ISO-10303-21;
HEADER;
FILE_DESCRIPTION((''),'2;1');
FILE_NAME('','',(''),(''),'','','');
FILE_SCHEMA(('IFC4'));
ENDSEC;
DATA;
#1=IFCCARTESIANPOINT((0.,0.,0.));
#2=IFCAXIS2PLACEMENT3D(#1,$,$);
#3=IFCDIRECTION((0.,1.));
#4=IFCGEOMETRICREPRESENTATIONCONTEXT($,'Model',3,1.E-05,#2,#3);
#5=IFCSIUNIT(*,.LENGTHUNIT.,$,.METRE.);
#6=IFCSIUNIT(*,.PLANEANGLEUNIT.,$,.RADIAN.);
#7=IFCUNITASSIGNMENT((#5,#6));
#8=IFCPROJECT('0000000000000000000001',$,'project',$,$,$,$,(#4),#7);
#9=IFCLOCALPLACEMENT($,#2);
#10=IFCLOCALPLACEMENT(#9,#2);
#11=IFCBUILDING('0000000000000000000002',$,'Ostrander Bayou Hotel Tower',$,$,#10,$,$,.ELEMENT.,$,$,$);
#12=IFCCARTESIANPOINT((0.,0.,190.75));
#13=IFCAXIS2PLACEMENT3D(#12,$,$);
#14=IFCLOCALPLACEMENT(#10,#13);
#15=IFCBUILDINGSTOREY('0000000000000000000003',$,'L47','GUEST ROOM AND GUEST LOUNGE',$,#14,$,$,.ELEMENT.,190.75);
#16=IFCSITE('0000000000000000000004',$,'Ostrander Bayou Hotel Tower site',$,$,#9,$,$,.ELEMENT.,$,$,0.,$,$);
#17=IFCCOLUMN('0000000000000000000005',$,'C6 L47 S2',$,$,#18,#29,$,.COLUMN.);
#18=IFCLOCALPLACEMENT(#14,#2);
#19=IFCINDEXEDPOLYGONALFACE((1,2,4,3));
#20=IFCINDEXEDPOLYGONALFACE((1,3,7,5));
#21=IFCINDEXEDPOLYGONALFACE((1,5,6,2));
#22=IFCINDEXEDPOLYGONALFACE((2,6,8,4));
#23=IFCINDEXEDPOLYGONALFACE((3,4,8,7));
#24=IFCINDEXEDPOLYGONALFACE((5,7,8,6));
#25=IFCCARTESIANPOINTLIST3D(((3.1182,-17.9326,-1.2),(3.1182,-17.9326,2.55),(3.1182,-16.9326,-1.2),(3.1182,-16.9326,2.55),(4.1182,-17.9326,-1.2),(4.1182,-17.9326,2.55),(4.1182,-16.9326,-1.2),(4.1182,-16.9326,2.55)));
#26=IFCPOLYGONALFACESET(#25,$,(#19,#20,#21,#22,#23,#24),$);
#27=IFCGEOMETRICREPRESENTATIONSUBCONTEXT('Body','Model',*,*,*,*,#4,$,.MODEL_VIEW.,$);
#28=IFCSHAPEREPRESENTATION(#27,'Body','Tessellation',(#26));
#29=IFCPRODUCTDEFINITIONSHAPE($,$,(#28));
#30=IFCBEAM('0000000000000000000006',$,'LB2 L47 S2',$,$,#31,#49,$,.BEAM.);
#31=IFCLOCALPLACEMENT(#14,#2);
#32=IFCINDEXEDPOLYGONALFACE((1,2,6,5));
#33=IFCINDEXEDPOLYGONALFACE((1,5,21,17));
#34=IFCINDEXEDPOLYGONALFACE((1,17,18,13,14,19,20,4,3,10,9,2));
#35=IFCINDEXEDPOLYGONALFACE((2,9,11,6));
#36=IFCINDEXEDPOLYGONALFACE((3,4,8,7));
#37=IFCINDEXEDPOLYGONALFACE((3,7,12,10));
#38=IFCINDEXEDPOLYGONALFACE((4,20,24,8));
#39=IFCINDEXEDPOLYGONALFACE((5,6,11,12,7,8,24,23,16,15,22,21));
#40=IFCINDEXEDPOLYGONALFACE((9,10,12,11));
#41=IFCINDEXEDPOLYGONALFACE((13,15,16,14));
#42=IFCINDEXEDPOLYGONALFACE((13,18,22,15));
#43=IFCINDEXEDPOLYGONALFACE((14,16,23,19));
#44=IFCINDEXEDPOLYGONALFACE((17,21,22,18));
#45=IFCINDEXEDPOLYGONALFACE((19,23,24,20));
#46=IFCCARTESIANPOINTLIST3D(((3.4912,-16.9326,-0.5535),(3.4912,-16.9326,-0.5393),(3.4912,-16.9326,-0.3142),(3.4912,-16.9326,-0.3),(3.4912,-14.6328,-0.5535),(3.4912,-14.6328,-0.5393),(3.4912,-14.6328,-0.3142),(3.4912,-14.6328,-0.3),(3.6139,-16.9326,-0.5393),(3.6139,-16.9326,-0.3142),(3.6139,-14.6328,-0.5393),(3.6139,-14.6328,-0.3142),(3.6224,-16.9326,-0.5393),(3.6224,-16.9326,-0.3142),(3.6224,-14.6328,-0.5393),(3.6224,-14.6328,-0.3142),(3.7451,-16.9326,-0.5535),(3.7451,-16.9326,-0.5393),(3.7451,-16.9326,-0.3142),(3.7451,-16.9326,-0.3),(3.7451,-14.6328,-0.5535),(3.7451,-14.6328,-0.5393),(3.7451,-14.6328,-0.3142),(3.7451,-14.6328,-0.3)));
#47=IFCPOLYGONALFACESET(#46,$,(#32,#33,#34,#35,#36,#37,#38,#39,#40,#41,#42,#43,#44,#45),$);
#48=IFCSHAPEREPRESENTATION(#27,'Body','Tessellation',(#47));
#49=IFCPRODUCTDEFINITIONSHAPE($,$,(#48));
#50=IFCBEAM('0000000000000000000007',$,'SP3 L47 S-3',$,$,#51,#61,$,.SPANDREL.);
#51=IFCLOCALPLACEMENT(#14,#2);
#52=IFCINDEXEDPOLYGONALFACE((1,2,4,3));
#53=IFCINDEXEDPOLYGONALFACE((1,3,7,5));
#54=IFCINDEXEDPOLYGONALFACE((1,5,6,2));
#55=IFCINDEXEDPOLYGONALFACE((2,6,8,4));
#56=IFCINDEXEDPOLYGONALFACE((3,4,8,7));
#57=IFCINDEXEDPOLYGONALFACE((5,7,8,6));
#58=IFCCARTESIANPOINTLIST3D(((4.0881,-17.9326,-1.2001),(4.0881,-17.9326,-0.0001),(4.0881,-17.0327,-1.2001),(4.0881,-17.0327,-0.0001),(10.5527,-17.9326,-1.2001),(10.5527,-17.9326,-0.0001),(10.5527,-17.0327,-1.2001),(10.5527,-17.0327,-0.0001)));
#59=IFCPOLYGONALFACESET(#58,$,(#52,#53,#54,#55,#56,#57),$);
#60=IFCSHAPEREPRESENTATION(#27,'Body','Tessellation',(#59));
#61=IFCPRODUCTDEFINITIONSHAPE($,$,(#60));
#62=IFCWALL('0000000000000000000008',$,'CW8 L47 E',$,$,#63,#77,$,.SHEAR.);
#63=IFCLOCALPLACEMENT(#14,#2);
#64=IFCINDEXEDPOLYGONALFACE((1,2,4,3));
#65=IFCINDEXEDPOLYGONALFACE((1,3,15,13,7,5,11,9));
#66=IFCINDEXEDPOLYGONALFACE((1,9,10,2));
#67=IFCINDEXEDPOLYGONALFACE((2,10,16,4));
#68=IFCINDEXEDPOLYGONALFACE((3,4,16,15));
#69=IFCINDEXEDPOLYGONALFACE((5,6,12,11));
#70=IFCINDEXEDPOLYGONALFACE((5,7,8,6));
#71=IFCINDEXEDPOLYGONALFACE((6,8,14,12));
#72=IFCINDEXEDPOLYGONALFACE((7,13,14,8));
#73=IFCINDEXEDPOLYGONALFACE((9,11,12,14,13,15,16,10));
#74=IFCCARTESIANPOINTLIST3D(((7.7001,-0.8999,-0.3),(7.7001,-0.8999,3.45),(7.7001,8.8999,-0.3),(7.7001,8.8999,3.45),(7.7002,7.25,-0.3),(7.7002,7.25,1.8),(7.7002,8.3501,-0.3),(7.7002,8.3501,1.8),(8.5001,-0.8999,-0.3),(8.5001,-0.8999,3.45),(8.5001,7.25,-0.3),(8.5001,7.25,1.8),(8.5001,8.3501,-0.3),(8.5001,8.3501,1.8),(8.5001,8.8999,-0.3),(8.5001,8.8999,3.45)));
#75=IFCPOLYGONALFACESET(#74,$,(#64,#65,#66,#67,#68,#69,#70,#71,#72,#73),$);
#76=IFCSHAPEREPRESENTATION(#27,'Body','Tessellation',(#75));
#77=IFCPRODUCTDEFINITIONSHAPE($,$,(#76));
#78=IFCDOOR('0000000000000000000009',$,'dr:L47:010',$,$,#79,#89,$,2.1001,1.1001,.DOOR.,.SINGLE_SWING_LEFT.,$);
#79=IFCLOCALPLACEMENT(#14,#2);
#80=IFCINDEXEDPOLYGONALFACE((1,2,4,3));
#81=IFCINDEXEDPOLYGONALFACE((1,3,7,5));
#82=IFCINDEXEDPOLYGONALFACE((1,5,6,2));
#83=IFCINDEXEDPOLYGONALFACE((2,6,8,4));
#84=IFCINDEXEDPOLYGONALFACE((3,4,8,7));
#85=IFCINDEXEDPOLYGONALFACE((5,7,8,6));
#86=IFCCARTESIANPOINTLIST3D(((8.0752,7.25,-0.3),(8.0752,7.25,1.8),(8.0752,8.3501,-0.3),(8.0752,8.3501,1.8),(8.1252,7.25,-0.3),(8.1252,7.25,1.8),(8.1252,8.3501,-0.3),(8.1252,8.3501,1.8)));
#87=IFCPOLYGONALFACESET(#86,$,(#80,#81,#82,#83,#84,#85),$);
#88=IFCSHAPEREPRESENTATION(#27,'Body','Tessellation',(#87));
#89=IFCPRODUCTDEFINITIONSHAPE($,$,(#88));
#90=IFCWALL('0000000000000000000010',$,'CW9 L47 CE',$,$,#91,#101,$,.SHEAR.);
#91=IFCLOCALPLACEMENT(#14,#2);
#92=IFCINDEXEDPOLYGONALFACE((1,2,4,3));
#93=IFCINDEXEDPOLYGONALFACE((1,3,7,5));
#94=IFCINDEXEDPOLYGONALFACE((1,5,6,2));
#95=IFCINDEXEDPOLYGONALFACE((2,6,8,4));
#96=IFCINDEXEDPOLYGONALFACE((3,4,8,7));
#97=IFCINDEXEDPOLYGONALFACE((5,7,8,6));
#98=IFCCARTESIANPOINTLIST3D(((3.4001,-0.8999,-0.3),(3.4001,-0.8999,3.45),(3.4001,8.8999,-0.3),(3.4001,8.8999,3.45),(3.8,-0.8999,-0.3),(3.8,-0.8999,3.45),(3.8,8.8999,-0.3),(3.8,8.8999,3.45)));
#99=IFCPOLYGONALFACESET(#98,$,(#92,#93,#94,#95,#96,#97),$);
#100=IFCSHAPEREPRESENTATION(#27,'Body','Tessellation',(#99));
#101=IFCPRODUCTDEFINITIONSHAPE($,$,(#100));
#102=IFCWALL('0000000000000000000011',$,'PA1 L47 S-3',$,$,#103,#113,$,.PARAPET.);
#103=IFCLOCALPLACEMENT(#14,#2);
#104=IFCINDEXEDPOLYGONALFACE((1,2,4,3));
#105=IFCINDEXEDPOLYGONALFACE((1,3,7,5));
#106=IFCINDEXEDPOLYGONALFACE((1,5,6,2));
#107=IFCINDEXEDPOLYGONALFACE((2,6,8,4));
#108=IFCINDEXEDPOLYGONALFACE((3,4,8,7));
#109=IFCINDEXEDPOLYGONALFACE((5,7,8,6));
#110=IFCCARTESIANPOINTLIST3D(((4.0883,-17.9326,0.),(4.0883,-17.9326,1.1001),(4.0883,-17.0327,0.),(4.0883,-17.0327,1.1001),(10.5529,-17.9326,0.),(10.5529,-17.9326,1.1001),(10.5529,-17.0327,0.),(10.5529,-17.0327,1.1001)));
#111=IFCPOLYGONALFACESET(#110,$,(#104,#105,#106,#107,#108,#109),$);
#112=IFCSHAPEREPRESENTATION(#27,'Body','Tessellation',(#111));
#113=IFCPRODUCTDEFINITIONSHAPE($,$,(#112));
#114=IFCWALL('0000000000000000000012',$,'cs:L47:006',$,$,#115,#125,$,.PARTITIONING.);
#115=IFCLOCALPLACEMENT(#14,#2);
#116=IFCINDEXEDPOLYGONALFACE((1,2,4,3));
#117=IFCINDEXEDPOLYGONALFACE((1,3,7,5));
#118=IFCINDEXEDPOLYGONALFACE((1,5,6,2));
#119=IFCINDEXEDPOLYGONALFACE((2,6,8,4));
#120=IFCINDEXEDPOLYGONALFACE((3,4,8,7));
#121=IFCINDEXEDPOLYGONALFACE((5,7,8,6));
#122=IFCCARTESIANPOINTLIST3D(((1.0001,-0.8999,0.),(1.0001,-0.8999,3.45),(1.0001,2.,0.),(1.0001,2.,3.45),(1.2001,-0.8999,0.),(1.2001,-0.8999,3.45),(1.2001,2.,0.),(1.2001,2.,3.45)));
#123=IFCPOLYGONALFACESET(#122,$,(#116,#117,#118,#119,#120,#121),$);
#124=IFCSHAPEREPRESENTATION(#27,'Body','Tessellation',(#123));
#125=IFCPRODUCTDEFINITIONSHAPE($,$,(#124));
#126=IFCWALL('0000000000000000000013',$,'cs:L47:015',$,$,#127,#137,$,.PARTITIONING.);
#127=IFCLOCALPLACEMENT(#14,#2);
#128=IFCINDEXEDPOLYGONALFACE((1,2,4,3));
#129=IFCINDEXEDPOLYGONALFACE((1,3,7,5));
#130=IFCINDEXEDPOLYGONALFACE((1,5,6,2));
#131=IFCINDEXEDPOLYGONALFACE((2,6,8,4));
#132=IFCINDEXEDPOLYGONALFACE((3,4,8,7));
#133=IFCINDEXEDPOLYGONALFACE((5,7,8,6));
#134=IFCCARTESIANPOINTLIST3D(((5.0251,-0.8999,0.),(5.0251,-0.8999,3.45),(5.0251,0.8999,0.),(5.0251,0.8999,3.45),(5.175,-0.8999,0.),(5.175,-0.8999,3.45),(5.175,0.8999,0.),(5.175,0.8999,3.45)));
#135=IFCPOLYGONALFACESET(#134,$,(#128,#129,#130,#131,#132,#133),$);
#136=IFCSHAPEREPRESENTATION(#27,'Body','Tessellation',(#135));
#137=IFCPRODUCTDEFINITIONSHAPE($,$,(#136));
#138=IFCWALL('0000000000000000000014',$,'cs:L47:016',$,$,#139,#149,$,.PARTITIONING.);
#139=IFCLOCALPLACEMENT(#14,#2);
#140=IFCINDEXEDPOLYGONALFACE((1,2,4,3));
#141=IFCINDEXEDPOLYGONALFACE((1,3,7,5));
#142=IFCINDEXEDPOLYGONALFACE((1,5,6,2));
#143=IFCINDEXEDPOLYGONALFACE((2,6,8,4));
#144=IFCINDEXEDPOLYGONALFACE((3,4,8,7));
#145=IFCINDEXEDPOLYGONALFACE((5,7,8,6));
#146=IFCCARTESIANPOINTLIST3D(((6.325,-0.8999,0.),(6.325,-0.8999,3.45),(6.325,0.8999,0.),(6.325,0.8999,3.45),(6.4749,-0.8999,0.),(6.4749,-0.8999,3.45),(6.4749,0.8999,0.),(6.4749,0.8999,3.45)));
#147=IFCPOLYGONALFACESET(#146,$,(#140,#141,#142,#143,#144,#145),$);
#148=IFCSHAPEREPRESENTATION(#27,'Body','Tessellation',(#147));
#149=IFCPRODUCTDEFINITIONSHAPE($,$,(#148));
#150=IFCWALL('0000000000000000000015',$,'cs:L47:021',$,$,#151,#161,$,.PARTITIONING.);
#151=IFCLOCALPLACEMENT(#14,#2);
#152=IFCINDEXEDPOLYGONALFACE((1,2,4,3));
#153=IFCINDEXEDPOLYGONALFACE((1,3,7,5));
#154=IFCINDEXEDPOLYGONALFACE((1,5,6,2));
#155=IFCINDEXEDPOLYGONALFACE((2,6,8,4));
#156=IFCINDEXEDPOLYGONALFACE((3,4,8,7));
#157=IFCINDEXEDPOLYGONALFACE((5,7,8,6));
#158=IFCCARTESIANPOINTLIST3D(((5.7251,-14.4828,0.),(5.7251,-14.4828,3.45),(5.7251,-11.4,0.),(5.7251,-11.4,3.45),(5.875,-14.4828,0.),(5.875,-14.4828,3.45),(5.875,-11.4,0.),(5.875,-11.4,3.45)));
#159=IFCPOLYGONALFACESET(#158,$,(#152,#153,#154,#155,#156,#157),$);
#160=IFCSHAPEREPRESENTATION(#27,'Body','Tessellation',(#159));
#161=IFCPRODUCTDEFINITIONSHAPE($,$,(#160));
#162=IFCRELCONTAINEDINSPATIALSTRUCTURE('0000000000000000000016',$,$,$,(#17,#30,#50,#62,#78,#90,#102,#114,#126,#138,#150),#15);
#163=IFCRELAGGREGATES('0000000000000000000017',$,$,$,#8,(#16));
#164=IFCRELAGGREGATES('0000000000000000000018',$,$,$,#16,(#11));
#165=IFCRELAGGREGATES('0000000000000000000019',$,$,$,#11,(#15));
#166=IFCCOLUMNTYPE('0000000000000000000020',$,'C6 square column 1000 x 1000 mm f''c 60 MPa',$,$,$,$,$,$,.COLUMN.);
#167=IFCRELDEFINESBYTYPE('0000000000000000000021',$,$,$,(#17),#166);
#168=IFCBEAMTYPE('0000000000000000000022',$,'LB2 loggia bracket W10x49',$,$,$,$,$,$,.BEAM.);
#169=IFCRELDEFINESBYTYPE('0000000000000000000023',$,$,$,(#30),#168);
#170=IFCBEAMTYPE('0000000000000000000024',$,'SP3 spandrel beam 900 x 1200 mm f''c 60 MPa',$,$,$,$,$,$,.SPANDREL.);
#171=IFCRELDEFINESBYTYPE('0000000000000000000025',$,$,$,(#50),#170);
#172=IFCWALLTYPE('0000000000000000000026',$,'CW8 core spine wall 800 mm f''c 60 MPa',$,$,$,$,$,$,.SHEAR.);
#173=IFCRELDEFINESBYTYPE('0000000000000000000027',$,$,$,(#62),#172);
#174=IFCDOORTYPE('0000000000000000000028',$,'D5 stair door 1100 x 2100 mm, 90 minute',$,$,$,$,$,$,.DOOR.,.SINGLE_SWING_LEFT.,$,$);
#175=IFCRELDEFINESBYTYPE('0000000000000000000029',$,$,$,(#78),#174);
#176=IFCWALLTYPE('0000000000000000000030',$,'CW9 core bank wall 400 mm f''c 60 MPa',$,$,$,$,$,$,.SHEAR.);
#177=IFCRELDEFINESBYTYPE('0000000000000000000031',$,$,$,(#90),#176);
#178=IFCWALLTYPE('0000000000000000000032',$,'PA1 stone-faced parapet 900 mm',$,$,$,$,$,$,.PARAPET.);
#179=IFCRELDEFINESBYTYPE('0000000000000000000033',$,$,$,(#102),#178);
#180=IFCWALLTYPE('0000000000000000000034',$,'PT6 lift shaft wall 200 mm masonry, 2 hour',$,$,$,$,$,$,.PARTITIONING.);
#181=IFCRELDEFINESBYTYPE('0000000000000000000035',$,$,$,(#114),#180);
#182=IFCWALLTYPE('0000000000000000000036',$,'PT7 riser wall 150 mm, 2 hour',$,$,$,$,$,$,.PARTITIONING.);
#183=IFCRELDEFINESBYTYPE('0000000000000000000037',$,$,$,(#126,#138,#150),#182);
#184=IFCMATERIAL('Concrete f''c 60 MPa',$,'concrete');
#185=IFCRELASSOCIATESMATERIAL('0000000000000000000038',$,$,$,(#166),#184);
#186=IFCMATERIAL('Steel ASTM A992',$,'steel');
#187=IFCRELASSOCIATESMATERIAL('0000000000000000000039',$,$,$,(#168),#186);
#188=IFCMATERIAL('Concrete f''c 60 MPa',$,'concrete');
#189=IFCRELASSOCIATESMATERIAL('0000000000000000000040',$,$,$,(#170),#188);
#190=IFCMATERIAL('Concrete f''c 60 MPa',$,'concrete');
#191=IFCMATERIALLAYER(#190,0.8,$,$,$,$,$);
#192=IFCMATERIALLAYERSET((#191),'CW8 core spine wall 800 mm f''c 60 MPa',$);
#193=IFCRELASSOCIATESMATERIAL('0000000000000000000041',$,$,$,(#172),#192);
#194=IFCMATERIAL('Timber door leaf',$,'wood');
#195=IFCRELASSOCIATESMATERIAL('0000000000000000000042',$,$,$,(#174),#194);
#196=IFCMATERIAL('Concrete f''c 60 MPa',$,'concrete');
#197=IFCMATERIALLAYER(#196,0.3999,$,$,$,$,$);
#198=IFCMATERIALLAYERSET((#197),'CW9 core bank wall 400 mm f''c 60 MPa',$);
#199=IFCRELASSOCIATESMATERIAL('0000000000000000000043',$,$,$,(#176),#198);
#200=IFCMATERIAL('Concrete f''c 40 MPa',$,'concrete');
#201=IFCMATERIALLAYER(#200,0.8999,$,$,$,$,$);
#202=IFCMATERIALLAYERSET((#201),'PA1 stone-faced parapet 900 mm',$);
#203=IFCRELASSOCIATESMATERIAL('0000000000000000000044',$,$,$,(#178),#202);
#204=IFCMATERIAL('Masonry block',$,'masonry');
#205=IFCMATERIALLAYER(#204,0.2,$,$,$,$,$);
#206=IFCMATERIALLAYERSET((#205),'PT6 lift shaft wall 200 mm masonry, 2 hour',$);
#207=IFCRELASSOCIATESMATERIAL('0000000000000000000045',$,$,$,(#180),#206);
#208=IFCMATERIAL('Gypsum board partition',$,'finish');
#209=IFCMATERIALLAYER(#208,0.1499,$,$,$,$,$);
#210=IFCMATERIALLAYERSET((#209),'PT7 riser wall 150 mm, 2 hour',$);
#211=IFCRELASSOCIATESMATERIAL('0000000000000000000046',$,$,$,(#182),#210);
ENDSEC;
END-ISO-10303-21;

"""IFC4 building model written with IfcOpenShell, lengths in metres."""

from ifc_helpers import new_model, si_unit, direction, frame, frame_2d, origin, origin_2d, place, context, subcontext, project, spatial, rectangle, i_section, extrude, material, layer, layer_set, material_profile, profile_set, type_object, element, fill, save


model = new_model("IFC4")

# Units and contexts
model_context = context("Model", 3, precision=1e-05, world=origin(), true_north=direction((0.0, 1.0)))
body_context = subcontext(model_context, "Body", "Model", "MODEL_VIEW")
ifc_project = project(units=[si_unit("LENGTHUNIT", "METRE"), si_unit("PLANEANGLEUNIT", "RADIAN")], contexts=[model_context])

# Site, building, storey
site_placement = place(None, origin())
site = spatial("IfcSite", under=ifc_project, at=site_placement, Name="Ostrander Bayou Hotel Tower site", CompositionType="ELEMENT", RefElevation=0.0)
building_placement = place(site_placement, origin())
building = spatial("IfcBuilding", under=site, at=building_placement, Name="Ostrander Bayou Hotel Tower", CompositionType="ELEMENT")
storey_placement = place(building_placement, frame((0.0, 0.0, 190.75)))
storey = spatial("IfcBuildingStorey", under=building, at=storey_placement, Name="L47", Description="GUEST ROOM AND GUEST LOUNGE", CompositionType="ELEMENT", Elevation=190.75)

# Column
ifc_material_1 = material(Name="Concrete f'c 60 MPa", Category="concrete")
ifc_material_profile_1 = material_profile(ifc_material_1, rectangle(XDim=1.0, YDim=1.0, at=origin_2d()))
ifc_profile_set_1 = profile_set([ifc_material_profile_1], Name="Concrete f'c 60 MPa")
column_type = type_object("IfcColumnType", Name="C6 square column 1000 x 1000 mm f'c 60 MPa", PredefinedType="COLUMN", material=ifc_profile_set_1)
column_placement = place(storey_placement, frame((3.6182, -17.4326, -1.2), z_axis=(0.0, 0.0, 1.0), x_axis=(-1.0, 0.0, 0.0)))
element("IfcColumn", 1, at=column_placement, inside=storey, type_object=column_type, Name="C6 L47 S2", PredefinedType="COLUMN", context=body_context, shape_type="SweptSolid", body=[
    extrude(rectangle(XDim=1.0, YDim=1.0, at=origin_2d()), origin(), (0.0, 0.0, 1.0), 3.75),
])

# Beams
ifc_material_2 = material(Name="Steel ASTM A992", Category="steel")
ifc_material_profile_2 = material_profile(ifc_material_2, i_section(OverallWidth=0.2539, OverallDepth=0.2534, WebThickness=0.0085, FlangeThickness=0.0142, at=origin_2d()))
ifc_profile_set_2 = profile_set([ifc_material_profile_2], Name="Steel ASTM A992")
beam_type_1 = type_object("IfcBeamType", Name="LB2 loggia bracket W10x49", PredefinedType="BEAM", material=ifc_profile_set_2)
beam_1_placement = place(storey_placement, frame((3.6182, -16.9326, -0.4268), z_axis=(0.0, 1.0, 0.0), x_axis=(-1.0, 0.0, 0.0)))
element("IfcBeam", 2, at=beam_1_placement, inside=storey, type_object=beam_type_1, Name="LB2 L47 S2", PredefinedType="BEAM", context=body_context, shape_type="SweptSolid", body=[
    extrude(i_section(OverallWidth=0.2539, OverallDepth=0.2534, WebThickness=0.0085, FlangeThickness=0.0142, at=origin_2d()), origin(), (0.0, 0.0, 1.0), 2.2998),
])
ifc_material_3 = material(Name="Concrete f'c 60 MPa", Category="concrete")
ifc_material_profile_3 = material_profile(ifc_material_3, rectangle(XDim=0.8999, YDim=1.2, at=origin_2d()))
ifc_profile_set_3 = profile_set([ifc_material_profile_3], Name="Concrete f'c 60 MPa")
beam_type_2 = type_object("IfcBeamType", Name="SP3 spandrel beam 900 x 1200 mm f'c 60 MPa", PredefinedType="SPANDREL", material=ifc_profile_set_3)
beam_2_placement = place(storey_placement, frame((4.0881, -17.4827, -0.6001), z_axis=(1.0, 0.0, 0.0), x_axis=(0.0, 1.0, 0.0)))
element("IfcBeam", 3, at=beam_2_placement, inside=storey, type_object=beam_type_2, Name="SP3 L47 S-3", PredefinedType="SPANDREL", context=body_context, shape_type="SweptSolid", body=[
    extrude(rectangle(XDim=0.8999, YDim=1.2, at=origin_2d()), origin(), (0.0, 0.0, 1.0), 6.4646),
])

# Wall, opening, door
ifc_material_4 = material(Name="Concrete f'c 60 MPa", Category="concrete")
ifc_layer_1 = layer(ifc_material_4, 0.8)
ifc_layer_set_1 = layer_set([ifc_layer_1], Name="CW8 core spine wall 800 mm f'c 60 MPa")
wall_type_1 = type_object("IfcWallType", Name="CW8 core spine wall 800 mm f'c 60 MPa", PredefinedType="SHEAR", material=ifc_layer_set_1)
wall_1_placement = place(storey_placement, frame((8.1001, -0.8999, -0.3), z_axis=(0.0, 0.0, 1.0), x_axis=(0.0, 1.0, 0.0)))
wall_1 = element("IfcWall", 4, at=wall_1_placement, inside=storey, type_object=wall_type_1, Name="CW8 L47 E", PredefinedType="SHEAR", context=body_context, shape_type="SweptSolid", body=[
    extrude(rectangle(XDim=9.7998, YDim=0.8, at=frame_2d((4.8999, 0.0))), origin(), (0.0, 0.0, 1.0), 3.75),
])
opening_1_placement = place(wall_1_placement, frame((8.1499, 0.0, 0.0)))
opening_1 = element("IfcOpeningElement", 5, at=opening_1_placement, cuts=wall_1, PredefinedType="OPENING", context=body_context, shape_type="SweptSolid", body=[
    extrude(rectangle(XDim=1.1001, YDim=2.1001, at=frame_2d((0.55, 1.05))), frame((0.0, 0.3999, 0.0), z_axis=(0.0, -1.0, 0.0), x_axis=(1.0, 0.0, 0.0)), (0.0, 0.0, 1.0), 0.8),
])
ifc_material_5 = material(Name="Timber door leaf", Category="wood")
door_type_1 = type_object("IfcDoorType", Name="D5 stair door 1100 x 2100 mm, 90 minute", OperationType="SINGLE_SWING_LEFT", PredefinedType="DOOR", material=ifc_material_5)
door_1_placement = place(opening_1_placement, origin())
door_1 = element("IfcDoor", 6, at=door_1_placement, inside=storey, type_object=door_type_1, Name="dr:L47:010", OperationType="SINGLE_SWING_LEFT", OverallHeight=2.1001, OverallWidth=1.1001, PredefinedType="DOOR", context=body_context, shape_type="SweptSolid", body=[
    extrude(rectangle(XDim=1.1001, YDim=2.1001, at=frame_2d((0.55, 1.05))), frame((0.0, 0.0249, 0.0), z_axis=(0.0, -1.0, 0.0), x_axis=(1.0, 0.0, 0.0)), (0.0, 0.0, 1.0), 0.05),
])
fill(opening_1, door_1)

# Walls
ifc_material_6 = material(Name="Concrete f'c 60 MPa", Category="concrete")
ifc_layer_2 = layer(ifc_material_6, 0.3999)
ifc_layer_set_2 = layer_set([ifc_layer_2], Name="CW9 core bank wall 400 mm f'c 60 MPa")
wall_type_2 = type_object("IfcWallType", Name="CW9 core bank wall 400 mm f'c 60 MPa", PredefinedType="SHEAR", material=ifc_layer_set_2)
wall_2_placement = place(storey_placement, frame((3.6001, -0.8999, -0.3), z_axis=(0.0, 0.0, 1.0), x_axis=(0.0, 1.0, 0.0)))
element("IfcWall", 7, at=wall_2_placement, inside=storey, type_object=wall_type_2, Name="CW9 L47 CE", PredefinedType="SHEAR", context=body_context, shape_type="SweptSolid", body=[
    extrude(rectangle(XDim=9.7998, YDim=0.3999, at=frame_2d((4.8999, 0.0))), origin(), (0.0, 0.0, 1.0), 3.75),
])
ifc_material_7 = material(Name="Concrete f'c 40 MPa", Category="concrete")
ifc_layer_3 = layer(ifc_material_7, 0.8999)
ifc_layer_set_3 = layer_set([ifc_layer_3], Name="PA1 stone-faced parapet 900 mm")
wall_type_3 = type_object("IfcWallType", Name="PA1 stone-faced parapet 900 mm", PredefinedType="PARAPET", material=ifc_layer_set_3)
wall_3_placement = place(storey_placement, frame((4.0881, -17.4827, 0.0), z_axis=(0.0, 0.0, 1.0), x_axis=(1.0, 0.0, 0.0)))
element("IfcWall", 8, at=wall_3_placement, inside=storey, type_object=wall_type_3, Name="PA1 L47 S-3", PredefinedType="PARAPET", context=body_context, shape_type="SweptSolid", body=[
    extrude(rectangle(XDim=6.4646, YDim=0.8999, at=frame_2d((3.2324, 0.0))), origin(), (0.0, 0.0, 1.0), 1.1001),
])
ifc_material_8 = material(Name="Masonry block", Category="masonry")
ifc_layer_4 = layer(ifc_material_8, 0.2)
ifc_layer_set_4 = layer_set([ifc_layer_4], Name="PT6 lift shaft wall 200 mm masonry, 2 hour")
wall_type_4 = type_object("IfcWallType", Name="PT6 lift shaft wall 200 mm masonry, 2 hour", PredefinedType="PARTITIONING", material=ifc_layer_set_4)
wall_4_placement = place(storey_placement, frame((1.1001, -0.8999, 0.0), z_axis=(0.0, 0.0, 1.0), x_axis=(0.0, 1.0, 0.0)))
element("IfcWall", 9, at=wall_4_placement, inside=storey, type_object=wall_type_4, Name="cs:L47:006", PredefinedType="PARTITIONING", context=body_context, shape_type="SweptSolid", body=[
    extrude(rectangle(XDim=2.8999, YDim=0.2, at=frame_2d((1.45, 0.0))), origin(), (0.0, 0.0, 1.0), 3.45),
])
ifc_material_9 = material(Name="Gypsum board partition", Category="finish")
ifc_layer_5 = layer(ifc_material_9, 0.1499)
ifc_layer_set_5 = layer_set([ifc_layer_5], Name="PT7 riser wall 150 mm, 2 hour")
wall_type_5 = type_object("IfcWallType", Name="PT7 riser wall 150 mm, 2 hour", PredefinedType="PARTITIONING", material=ifc_layer_set_5)
for number, where, z_axis, x_axis, name in (
    (10, (5.1001, -0.8999, 0.0), (0.0, 0.0, 1.0), (0.0, 1.0, 0.0), "cs:L47:015"),
    (11, (6.3999, -0.8999, 0.0), (0.0, 0.0, 1.0), (0.0, 1.0, 0.0), "cs:L47:016"),
):
    element("IfcWall", number, at=place(storey_placement, frame(where, z_axis=z_axis, x_axis=x_axis)), inside=storey, type_object=wall_type_5, Name=name, PredefinedType="PARTITIONING", context=body_context, shape_type="SweptSolid", body=[
        extrude(rectangle(XDim=1.7998, YDim=0.1499, at=frame_2d((0.8999, 0.0))), origin(), (0.0, 0.0, 1.0), 3.45),
    ])
wall_5_placement = place(storey_placement, frame((5.8, -11.3999, 0.0), z_axis=(0.0, 0.0, 1.0), x_axis=(0.0, -1.0, 0.0)))
element("IfcWall", 12, at=wall_5_placement, inside=storey, type_object=wall_type_5, Name="cs:L47:021", PredefinedType="PARTITIONING", context=body_context, shape_type="SweptSolid", body=[
    extrude(rectangle(XDim=3.0828, YDim=0.1499, at=frame_2d((1.5415, 0.0))), origin(), (0.0, 0.0, 1.0), 3.45),
])

save(model, "model.ifc")
